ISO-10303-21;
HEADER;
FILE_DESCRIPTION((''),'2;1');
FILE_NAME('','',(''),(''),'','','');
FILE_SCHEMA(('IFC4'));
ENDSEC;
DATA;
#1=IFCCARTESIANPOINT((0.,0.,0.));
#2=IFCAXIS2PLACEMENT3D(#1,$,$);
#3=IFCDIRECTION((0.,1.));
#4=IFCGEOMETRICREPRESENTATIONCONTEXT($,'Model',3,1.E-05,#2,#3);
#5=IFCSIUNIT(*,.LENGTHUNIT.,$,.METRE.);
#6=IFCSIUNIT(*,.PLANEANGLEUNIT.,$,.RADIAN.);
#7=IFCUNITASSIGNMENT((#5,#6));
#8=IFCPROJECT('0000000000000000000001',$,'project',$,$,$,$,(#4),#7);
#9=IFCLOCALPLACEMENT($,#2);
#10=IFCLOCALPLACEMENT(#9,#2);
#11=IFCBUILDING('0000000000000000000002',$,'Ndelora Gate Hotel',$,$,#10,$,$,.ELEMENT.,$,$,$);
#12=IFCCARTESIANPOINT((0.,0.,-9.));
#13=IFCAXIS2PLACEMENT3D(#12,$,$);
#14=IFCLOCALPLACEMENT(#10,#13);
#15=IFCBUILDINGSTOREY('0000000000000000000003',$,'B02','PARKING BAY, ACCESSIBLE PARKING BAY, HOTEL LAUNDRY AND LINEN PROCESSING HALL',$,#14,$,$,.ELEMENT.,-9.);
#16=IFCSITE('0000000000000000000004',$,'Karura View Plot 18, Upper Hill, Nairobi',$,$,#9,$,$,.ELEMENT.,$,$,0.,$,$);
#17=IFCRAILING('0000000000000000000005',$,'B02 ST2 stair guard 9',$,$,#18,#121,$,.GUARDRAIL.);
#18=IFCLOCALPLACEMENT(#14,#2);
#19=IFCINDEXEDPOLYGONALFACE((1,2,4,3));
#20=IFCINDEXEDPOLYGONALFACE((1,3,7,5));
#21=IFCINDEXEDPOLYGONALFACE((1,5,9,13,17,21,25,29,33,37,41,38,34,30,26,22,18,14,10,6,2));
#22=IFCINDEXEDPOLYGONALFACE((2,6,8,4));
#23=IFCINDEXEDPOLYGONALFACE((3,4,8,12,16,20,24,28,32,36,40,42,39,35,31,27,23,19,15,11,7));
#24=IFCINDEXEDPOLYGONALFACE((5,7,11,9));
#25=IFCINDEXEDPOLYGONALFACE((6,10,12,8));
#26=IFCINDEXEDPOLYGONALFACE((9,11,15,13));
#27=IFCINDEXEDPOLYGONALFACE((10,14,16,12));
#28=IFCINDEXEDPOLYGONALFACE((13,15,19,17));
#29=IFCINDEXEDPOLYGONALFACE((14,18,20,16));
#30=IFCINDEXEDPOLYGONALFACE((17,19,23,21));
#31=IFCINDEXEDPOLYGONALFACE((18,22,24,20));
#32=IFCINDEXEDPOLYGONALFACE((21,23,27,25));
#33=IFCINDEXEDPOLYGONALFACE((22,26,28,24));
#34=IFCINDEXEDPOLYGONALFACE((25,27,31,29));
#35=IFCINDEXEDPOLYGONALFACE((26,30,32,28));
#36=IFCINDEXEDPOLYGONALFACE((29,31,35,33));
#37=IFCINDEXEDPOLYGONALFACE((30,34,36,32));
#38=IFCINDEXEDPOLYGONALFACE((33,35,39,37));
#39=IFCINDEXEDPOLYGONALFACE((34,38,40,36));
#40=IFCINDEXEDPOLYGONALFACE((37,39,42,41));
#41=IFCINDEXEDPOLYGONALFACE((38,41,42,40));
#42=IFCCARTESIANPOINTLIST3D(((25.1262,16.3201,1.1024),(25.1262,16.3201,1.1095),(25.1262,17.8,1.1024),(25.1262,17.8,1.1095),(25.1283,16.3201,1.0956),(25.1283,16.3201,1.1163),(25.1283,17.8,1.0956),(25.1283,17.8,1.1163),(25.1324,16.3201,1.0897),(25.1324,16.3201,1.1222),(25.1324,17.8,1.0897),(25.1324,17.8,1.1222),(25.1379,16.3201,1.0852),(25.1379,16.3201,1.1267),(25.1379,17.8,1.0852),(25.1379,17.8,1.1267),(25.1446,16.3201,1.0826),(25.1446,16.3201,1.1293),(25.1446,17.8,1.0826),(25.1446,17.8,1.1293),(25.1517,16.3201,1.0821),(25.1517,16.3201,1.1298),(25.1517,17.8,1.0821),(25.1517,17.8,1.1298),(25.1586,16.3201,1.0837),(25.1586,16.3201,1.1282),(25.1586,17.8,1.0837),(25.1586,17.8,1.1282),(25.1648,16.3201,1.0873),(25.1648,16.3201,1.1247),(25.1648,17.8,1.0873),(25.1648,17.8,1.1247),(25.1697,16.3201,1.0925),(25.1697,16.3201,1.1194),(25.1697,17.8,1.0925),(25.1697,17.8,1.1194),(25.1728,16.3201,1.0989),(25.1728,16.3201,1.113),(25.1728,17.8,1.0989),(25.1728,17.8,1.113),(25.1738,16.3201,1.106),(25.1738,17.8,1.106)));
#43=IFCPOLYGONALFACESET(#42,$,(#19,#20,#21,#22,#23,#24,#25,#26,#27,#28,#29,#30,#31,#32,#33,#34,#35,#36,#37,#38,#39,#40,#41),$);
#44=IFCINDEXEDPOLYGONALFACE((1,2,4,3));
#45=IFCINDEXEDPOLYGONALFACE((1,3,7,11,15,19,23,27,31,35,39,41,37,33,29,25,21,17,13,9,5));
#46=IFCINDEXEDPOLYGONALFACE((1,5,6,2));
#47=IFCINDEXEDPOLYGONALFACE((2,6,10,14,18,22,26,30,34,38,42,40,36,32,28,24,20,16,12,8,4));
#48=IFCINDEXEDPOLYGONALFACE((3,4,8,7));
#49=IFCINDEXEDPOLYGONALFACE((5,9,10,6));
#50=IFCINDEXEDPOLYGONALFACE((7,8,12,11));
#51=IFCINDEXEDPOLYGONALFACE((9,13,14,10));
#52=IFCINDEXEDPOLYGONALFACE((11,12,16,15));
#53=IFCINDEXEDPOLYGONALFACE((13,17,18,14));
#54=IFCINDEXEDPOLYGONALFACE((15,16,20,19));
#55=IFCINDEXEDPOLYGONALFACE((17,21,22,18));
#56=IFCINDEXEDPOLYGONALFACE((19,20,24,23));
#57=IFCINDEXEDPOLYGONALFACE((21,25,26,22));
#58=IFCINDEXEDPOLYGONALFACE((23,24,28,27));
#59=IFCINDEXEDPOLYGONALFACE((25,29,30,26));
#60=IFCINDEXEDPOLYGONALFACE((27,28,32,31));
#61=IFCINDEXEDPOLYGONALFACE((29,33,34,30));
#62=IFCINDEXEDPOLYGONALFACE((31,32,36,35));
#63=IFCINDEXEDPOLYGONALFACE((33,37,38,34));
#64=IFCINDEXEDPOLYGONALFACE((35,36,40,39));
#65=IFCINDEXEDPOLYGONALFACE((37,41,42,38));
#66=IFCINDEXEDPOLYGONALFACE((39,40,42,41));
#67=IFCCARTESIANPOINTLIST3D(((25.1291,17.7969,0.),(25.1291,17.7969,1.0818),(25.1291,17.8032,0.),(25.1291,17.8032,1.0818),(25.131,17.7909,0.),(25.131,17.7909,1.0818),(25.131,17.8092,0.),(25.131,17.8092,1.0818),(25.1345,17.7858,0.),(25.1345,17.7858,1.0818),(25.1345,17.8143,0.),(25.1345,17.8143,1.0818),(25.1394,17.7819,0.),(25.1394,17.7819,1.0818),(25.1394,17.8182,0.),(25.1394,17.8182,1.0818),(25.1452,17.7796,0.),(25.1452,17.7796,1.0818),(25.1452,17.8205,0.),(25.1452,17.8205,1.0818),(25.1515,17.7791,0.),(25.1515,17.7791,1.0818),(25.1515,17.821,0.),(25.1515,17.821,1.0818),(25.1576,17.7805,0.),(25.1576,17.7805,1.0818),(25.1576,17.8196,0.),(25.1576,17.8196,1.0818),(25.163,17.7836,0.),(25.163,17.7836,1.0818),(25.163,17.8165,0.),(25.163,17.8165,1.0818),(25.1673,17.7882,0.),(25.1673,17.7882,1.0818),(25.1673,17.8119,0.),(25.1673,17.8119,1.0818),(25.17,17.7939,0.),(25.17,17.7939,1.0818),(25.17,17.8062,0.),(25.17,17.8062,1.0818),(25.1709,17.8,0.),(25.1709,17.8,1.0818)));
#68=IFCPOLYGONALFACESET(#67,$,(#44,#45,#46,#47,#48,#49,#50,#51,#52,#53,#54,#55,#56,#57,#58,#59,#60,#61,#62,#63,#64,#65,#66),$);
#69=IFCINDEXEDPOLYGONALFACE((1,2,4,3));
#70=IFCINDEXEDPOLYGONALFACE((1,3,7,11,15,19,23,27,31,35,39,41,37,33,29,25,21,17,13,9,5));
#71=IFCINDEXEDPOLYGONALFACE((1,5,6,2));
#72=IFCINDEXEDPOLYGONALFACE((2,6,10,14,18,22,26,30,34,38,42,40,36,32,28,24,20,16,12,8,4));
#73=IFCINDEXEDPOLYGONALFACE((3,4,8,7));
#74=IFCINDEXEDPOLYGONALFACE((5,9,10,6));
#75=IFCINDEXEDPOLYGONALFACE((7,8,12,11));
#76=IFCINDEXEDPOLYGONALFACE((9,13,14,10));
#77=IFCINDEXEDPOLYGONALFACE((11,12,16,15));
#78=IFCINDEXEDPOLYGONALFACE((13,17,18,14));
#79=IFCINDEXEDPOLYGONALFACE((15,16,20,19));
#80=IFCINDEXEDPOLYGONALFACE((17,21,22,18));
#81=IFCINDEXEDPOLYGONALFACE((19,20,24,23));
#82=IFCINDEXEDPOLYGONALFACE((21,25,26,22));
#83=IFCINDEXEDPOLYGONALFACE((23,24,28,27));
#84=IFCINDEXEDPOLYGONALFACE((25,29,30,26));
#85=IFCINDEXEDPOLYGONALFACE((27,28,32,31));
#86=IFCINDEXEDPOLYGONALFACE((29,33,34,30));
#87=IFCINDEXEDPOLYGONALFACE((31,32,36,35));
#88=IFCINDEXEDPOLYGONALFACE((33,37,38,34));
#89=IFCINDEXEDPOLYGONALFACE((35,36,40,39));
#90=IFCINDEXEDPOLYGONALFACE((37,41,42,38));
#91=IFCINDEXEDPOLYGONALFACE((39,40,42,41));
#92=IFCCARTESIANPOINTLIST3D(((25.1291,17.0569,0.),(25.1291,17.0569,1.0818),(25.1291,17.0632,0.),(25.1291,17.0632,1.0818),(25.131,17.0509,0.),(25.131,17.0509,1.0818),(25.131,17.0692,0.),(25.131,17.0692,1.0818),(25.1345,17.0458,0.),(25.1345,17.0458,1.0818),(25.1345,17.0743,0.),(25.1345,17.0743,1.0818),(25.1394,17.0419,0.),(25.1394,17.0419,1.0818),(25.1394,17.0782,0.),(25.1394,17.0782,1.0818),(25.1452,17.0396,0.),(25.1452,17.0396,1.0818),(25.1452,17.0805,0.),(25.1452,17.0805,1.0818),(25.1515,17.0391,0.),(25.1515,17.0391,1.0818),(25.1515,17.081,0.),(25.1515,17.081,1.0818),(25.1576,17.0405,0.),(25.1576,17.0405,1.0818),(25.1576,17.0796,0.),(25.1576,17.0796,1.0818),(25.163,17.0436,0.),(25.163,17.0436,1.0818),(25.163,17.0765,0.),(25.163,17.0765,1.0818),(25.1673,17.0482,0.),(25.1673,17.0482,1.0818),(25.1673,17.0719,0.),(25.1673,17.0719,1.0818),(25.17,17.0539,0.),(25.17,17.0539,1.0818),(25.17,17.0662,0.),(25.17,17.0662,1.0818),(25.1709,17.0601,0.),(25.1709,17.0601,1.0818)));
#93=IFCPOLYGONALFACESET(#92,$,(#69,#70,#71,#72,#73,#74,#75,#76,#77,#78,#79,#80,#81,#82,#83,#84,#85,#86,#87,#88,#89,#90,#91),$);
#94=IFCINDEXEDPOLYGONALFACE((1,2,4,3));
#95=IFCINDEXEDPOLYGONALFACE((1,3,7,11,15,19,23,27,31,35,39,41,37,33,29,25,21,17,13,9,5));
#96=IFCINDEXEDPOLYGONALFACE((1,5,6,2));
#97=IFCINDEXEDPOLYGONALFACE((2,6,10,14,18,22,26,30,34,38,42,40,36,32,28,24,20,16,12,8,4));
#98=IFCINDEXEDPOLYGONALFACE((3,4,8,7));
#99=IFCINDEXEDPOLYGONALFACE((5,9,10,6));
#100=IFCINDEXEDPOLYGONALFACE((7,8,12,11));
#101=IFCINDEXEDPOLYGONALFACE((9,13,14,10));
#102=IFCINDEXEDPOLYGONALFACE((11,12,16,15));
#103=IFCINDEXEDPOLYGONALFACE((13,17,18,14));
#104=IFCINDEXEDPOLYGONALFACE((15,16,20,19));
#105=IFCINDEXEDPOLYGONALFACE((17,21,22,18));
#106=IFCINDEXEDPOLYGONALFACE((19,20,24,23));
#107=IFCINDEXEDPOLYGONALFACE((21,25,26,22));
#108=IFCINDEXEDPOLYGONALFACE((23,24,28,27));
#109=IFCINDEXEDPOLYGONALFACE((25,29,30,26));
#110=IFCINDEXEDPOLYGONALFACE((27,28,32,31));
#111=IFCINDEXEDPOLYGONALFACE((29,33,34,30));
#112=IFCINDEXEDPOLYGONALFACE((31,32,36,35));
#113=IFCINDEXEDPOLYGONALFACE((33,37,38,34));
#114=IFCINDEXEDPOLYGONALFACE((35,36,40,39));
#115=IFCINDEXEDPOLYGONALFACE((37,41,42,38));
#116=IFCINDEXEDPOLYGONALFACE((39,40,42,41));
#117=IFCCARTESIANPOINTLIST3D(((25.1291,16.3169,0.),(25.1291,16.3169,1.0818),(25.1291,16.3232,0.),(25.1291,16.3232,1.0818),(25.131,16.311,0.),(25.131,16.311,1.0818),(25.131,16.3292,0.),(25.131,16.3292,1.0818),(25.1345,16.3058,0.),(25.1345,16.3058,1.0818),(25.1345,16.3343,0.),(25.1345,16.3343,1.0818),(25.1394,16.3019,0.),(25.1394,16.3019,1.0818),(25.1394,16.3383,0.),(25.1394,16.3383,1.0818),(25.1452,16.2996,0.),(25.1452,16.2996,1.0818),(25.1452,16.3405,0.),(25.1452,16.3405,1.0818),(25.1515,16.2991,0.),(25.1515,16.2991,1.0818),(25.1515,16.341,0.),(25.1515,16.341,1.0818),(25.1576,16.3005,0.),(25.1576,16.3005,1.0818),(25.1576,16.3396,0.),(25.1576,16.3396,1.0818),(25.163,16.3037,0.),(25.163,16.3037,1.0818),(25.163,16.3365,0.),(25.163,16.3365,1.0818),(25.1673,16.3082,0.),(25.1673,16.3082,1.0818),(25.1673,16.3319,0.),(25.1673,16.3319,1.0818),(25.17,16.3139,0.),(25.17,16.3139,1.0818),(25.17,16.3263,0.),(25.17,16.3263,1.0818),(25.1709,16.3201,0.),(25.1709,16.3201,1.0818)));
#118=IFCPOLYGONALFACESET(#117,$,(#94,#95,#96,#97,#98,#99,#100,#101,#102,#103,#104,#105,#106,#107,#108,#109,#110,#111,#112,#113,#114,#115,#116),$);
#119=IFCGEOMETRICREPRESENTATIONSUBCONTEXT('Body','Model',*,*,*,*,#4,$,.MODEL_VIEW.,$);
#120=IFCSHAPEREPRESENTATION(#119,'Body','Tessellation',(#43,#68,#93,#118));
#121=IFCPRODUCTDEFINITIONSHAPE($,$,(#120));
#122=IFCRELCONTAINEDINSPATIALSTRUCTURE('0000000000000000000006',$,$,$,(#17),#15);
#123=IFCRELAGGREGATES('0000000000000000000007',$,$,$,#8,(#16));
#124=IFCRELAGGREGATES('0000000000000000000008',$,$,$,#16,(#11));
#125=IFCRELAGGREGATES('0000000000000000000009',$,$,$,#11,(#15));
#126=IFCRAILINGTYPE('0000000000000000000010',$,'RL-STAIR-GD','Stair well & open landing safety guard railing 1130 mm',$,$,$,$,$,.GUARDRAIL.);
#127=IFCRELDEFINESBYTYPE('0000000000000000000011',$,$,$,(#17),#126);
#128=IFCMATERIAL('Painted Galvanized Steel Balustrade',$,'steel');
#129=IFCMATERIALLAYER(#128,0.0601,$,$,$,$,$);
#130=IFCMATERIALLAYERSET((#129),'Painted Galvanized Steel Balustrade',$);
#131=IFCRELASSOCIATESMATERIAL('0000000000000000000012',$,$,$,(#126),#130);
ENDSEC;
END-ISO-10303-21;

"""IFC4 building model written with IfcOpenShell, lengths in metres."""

from ifc_helpers import new_model, si_unit, direction, frame, origin, origin_2d, place, context, subcontext, project, spatial, circle, extrude, material, layer, layer_set, type_object, element, save


model = new_model("IFC4")

# Units and contexts
model_context = context("Model", 3, precision=1e-05, world=origin(), true_north=direction((0.0, 1.0)))
body_context = subcontext(model_context, "Body", "Model", "MODEL_VIEW")
ifc_project = project(units=[si_unit("LENGTHUNIT", "METRE"), si_unit("PLANEANGLEUNIT", "RADIAN")], contexts=[model_context])

# Site, building, storey
site_placement = place(None, origin())
site = spatial("IfcSite", under=ifc_project, at=site_placement, Name="Karura View Plot 18, Upper Hill, Nairobi", CompositionType="ELEMENT", RefElevation=0.0)
building_placement = place(site_placement, origin())
building = spatial("IfcBuilding", under=site, at=building_placement, Name="Ndelora Gate Hotel", CompositionType="ELEMENT")
storey_placement = place(building_placement, frame((0.0, 0.0, -9.0)))
storey = spatial("IfcBuildingStorey", under=building, at=storey_placement, Name="B02", Description="PARKING BAY, ACCESSIBLE PARKING BAY, HOTEL LAUNDRY AND LINEN PROCESSING HALL", CompositionType="ELEMENT", Elevation=-9.0)

# Railing
ifc_material_1 = material(Name="Painted Galvanized Steel Balustrade", Category="steel")
ifc_layer_1 = layer(ifc_material_1, 0.0601)
ifc_layer_set_1 = layer_set([ifc_layer_1], Name="Painted Galvanized Steel Balustrade")
railing_type_1 = type_object("IfcRailingType", Name="RL-STAIR-GD", Description="Stair well & open landing safety guard railing 1130 mm", PredefinedType="GUARDRAIL", material=ifc_layer_set_1)
for number, where, name in (
    (1, (25.1499, 17.8, 0.0), "B02 ST2 stair guard 9"),
):
    element("IfcRailing", number, at=place(storey_placement, frame(where)), inside=storey, type_object=railing_type_1, Name=name, PredefinedType="GUARDRAIL", context=body_context, shape_type="SweptSolid", body=[
        extrude(circle(Radius=0.0239, at=origin_2d()), frame((0.0, 0.0, 1.106), z_axis=(0.0, -1.0, 0.0), x_axis=(1.0, 0.0, 0.0)), (0.0, 0.0, 1.0), 1.48),
        extrude(circle(Radius=0.021, at=origin_2d()), origin(), (0.0, 0.0, 1.0), 1.0818),
        extrude(circle(Radius=0.021, at=origin_2d()), frame((0.0, -0.74, 0.0)), (0.0, 0.0, 1.0), 1.0818),
        extrude(circle(Radius=0.021, at=origin_2d()), frame((0.0, -1.48, 0.0)), (0.0, 0.0, 1.0), 1.0818),
    ])

save(model, "model.ifc")
